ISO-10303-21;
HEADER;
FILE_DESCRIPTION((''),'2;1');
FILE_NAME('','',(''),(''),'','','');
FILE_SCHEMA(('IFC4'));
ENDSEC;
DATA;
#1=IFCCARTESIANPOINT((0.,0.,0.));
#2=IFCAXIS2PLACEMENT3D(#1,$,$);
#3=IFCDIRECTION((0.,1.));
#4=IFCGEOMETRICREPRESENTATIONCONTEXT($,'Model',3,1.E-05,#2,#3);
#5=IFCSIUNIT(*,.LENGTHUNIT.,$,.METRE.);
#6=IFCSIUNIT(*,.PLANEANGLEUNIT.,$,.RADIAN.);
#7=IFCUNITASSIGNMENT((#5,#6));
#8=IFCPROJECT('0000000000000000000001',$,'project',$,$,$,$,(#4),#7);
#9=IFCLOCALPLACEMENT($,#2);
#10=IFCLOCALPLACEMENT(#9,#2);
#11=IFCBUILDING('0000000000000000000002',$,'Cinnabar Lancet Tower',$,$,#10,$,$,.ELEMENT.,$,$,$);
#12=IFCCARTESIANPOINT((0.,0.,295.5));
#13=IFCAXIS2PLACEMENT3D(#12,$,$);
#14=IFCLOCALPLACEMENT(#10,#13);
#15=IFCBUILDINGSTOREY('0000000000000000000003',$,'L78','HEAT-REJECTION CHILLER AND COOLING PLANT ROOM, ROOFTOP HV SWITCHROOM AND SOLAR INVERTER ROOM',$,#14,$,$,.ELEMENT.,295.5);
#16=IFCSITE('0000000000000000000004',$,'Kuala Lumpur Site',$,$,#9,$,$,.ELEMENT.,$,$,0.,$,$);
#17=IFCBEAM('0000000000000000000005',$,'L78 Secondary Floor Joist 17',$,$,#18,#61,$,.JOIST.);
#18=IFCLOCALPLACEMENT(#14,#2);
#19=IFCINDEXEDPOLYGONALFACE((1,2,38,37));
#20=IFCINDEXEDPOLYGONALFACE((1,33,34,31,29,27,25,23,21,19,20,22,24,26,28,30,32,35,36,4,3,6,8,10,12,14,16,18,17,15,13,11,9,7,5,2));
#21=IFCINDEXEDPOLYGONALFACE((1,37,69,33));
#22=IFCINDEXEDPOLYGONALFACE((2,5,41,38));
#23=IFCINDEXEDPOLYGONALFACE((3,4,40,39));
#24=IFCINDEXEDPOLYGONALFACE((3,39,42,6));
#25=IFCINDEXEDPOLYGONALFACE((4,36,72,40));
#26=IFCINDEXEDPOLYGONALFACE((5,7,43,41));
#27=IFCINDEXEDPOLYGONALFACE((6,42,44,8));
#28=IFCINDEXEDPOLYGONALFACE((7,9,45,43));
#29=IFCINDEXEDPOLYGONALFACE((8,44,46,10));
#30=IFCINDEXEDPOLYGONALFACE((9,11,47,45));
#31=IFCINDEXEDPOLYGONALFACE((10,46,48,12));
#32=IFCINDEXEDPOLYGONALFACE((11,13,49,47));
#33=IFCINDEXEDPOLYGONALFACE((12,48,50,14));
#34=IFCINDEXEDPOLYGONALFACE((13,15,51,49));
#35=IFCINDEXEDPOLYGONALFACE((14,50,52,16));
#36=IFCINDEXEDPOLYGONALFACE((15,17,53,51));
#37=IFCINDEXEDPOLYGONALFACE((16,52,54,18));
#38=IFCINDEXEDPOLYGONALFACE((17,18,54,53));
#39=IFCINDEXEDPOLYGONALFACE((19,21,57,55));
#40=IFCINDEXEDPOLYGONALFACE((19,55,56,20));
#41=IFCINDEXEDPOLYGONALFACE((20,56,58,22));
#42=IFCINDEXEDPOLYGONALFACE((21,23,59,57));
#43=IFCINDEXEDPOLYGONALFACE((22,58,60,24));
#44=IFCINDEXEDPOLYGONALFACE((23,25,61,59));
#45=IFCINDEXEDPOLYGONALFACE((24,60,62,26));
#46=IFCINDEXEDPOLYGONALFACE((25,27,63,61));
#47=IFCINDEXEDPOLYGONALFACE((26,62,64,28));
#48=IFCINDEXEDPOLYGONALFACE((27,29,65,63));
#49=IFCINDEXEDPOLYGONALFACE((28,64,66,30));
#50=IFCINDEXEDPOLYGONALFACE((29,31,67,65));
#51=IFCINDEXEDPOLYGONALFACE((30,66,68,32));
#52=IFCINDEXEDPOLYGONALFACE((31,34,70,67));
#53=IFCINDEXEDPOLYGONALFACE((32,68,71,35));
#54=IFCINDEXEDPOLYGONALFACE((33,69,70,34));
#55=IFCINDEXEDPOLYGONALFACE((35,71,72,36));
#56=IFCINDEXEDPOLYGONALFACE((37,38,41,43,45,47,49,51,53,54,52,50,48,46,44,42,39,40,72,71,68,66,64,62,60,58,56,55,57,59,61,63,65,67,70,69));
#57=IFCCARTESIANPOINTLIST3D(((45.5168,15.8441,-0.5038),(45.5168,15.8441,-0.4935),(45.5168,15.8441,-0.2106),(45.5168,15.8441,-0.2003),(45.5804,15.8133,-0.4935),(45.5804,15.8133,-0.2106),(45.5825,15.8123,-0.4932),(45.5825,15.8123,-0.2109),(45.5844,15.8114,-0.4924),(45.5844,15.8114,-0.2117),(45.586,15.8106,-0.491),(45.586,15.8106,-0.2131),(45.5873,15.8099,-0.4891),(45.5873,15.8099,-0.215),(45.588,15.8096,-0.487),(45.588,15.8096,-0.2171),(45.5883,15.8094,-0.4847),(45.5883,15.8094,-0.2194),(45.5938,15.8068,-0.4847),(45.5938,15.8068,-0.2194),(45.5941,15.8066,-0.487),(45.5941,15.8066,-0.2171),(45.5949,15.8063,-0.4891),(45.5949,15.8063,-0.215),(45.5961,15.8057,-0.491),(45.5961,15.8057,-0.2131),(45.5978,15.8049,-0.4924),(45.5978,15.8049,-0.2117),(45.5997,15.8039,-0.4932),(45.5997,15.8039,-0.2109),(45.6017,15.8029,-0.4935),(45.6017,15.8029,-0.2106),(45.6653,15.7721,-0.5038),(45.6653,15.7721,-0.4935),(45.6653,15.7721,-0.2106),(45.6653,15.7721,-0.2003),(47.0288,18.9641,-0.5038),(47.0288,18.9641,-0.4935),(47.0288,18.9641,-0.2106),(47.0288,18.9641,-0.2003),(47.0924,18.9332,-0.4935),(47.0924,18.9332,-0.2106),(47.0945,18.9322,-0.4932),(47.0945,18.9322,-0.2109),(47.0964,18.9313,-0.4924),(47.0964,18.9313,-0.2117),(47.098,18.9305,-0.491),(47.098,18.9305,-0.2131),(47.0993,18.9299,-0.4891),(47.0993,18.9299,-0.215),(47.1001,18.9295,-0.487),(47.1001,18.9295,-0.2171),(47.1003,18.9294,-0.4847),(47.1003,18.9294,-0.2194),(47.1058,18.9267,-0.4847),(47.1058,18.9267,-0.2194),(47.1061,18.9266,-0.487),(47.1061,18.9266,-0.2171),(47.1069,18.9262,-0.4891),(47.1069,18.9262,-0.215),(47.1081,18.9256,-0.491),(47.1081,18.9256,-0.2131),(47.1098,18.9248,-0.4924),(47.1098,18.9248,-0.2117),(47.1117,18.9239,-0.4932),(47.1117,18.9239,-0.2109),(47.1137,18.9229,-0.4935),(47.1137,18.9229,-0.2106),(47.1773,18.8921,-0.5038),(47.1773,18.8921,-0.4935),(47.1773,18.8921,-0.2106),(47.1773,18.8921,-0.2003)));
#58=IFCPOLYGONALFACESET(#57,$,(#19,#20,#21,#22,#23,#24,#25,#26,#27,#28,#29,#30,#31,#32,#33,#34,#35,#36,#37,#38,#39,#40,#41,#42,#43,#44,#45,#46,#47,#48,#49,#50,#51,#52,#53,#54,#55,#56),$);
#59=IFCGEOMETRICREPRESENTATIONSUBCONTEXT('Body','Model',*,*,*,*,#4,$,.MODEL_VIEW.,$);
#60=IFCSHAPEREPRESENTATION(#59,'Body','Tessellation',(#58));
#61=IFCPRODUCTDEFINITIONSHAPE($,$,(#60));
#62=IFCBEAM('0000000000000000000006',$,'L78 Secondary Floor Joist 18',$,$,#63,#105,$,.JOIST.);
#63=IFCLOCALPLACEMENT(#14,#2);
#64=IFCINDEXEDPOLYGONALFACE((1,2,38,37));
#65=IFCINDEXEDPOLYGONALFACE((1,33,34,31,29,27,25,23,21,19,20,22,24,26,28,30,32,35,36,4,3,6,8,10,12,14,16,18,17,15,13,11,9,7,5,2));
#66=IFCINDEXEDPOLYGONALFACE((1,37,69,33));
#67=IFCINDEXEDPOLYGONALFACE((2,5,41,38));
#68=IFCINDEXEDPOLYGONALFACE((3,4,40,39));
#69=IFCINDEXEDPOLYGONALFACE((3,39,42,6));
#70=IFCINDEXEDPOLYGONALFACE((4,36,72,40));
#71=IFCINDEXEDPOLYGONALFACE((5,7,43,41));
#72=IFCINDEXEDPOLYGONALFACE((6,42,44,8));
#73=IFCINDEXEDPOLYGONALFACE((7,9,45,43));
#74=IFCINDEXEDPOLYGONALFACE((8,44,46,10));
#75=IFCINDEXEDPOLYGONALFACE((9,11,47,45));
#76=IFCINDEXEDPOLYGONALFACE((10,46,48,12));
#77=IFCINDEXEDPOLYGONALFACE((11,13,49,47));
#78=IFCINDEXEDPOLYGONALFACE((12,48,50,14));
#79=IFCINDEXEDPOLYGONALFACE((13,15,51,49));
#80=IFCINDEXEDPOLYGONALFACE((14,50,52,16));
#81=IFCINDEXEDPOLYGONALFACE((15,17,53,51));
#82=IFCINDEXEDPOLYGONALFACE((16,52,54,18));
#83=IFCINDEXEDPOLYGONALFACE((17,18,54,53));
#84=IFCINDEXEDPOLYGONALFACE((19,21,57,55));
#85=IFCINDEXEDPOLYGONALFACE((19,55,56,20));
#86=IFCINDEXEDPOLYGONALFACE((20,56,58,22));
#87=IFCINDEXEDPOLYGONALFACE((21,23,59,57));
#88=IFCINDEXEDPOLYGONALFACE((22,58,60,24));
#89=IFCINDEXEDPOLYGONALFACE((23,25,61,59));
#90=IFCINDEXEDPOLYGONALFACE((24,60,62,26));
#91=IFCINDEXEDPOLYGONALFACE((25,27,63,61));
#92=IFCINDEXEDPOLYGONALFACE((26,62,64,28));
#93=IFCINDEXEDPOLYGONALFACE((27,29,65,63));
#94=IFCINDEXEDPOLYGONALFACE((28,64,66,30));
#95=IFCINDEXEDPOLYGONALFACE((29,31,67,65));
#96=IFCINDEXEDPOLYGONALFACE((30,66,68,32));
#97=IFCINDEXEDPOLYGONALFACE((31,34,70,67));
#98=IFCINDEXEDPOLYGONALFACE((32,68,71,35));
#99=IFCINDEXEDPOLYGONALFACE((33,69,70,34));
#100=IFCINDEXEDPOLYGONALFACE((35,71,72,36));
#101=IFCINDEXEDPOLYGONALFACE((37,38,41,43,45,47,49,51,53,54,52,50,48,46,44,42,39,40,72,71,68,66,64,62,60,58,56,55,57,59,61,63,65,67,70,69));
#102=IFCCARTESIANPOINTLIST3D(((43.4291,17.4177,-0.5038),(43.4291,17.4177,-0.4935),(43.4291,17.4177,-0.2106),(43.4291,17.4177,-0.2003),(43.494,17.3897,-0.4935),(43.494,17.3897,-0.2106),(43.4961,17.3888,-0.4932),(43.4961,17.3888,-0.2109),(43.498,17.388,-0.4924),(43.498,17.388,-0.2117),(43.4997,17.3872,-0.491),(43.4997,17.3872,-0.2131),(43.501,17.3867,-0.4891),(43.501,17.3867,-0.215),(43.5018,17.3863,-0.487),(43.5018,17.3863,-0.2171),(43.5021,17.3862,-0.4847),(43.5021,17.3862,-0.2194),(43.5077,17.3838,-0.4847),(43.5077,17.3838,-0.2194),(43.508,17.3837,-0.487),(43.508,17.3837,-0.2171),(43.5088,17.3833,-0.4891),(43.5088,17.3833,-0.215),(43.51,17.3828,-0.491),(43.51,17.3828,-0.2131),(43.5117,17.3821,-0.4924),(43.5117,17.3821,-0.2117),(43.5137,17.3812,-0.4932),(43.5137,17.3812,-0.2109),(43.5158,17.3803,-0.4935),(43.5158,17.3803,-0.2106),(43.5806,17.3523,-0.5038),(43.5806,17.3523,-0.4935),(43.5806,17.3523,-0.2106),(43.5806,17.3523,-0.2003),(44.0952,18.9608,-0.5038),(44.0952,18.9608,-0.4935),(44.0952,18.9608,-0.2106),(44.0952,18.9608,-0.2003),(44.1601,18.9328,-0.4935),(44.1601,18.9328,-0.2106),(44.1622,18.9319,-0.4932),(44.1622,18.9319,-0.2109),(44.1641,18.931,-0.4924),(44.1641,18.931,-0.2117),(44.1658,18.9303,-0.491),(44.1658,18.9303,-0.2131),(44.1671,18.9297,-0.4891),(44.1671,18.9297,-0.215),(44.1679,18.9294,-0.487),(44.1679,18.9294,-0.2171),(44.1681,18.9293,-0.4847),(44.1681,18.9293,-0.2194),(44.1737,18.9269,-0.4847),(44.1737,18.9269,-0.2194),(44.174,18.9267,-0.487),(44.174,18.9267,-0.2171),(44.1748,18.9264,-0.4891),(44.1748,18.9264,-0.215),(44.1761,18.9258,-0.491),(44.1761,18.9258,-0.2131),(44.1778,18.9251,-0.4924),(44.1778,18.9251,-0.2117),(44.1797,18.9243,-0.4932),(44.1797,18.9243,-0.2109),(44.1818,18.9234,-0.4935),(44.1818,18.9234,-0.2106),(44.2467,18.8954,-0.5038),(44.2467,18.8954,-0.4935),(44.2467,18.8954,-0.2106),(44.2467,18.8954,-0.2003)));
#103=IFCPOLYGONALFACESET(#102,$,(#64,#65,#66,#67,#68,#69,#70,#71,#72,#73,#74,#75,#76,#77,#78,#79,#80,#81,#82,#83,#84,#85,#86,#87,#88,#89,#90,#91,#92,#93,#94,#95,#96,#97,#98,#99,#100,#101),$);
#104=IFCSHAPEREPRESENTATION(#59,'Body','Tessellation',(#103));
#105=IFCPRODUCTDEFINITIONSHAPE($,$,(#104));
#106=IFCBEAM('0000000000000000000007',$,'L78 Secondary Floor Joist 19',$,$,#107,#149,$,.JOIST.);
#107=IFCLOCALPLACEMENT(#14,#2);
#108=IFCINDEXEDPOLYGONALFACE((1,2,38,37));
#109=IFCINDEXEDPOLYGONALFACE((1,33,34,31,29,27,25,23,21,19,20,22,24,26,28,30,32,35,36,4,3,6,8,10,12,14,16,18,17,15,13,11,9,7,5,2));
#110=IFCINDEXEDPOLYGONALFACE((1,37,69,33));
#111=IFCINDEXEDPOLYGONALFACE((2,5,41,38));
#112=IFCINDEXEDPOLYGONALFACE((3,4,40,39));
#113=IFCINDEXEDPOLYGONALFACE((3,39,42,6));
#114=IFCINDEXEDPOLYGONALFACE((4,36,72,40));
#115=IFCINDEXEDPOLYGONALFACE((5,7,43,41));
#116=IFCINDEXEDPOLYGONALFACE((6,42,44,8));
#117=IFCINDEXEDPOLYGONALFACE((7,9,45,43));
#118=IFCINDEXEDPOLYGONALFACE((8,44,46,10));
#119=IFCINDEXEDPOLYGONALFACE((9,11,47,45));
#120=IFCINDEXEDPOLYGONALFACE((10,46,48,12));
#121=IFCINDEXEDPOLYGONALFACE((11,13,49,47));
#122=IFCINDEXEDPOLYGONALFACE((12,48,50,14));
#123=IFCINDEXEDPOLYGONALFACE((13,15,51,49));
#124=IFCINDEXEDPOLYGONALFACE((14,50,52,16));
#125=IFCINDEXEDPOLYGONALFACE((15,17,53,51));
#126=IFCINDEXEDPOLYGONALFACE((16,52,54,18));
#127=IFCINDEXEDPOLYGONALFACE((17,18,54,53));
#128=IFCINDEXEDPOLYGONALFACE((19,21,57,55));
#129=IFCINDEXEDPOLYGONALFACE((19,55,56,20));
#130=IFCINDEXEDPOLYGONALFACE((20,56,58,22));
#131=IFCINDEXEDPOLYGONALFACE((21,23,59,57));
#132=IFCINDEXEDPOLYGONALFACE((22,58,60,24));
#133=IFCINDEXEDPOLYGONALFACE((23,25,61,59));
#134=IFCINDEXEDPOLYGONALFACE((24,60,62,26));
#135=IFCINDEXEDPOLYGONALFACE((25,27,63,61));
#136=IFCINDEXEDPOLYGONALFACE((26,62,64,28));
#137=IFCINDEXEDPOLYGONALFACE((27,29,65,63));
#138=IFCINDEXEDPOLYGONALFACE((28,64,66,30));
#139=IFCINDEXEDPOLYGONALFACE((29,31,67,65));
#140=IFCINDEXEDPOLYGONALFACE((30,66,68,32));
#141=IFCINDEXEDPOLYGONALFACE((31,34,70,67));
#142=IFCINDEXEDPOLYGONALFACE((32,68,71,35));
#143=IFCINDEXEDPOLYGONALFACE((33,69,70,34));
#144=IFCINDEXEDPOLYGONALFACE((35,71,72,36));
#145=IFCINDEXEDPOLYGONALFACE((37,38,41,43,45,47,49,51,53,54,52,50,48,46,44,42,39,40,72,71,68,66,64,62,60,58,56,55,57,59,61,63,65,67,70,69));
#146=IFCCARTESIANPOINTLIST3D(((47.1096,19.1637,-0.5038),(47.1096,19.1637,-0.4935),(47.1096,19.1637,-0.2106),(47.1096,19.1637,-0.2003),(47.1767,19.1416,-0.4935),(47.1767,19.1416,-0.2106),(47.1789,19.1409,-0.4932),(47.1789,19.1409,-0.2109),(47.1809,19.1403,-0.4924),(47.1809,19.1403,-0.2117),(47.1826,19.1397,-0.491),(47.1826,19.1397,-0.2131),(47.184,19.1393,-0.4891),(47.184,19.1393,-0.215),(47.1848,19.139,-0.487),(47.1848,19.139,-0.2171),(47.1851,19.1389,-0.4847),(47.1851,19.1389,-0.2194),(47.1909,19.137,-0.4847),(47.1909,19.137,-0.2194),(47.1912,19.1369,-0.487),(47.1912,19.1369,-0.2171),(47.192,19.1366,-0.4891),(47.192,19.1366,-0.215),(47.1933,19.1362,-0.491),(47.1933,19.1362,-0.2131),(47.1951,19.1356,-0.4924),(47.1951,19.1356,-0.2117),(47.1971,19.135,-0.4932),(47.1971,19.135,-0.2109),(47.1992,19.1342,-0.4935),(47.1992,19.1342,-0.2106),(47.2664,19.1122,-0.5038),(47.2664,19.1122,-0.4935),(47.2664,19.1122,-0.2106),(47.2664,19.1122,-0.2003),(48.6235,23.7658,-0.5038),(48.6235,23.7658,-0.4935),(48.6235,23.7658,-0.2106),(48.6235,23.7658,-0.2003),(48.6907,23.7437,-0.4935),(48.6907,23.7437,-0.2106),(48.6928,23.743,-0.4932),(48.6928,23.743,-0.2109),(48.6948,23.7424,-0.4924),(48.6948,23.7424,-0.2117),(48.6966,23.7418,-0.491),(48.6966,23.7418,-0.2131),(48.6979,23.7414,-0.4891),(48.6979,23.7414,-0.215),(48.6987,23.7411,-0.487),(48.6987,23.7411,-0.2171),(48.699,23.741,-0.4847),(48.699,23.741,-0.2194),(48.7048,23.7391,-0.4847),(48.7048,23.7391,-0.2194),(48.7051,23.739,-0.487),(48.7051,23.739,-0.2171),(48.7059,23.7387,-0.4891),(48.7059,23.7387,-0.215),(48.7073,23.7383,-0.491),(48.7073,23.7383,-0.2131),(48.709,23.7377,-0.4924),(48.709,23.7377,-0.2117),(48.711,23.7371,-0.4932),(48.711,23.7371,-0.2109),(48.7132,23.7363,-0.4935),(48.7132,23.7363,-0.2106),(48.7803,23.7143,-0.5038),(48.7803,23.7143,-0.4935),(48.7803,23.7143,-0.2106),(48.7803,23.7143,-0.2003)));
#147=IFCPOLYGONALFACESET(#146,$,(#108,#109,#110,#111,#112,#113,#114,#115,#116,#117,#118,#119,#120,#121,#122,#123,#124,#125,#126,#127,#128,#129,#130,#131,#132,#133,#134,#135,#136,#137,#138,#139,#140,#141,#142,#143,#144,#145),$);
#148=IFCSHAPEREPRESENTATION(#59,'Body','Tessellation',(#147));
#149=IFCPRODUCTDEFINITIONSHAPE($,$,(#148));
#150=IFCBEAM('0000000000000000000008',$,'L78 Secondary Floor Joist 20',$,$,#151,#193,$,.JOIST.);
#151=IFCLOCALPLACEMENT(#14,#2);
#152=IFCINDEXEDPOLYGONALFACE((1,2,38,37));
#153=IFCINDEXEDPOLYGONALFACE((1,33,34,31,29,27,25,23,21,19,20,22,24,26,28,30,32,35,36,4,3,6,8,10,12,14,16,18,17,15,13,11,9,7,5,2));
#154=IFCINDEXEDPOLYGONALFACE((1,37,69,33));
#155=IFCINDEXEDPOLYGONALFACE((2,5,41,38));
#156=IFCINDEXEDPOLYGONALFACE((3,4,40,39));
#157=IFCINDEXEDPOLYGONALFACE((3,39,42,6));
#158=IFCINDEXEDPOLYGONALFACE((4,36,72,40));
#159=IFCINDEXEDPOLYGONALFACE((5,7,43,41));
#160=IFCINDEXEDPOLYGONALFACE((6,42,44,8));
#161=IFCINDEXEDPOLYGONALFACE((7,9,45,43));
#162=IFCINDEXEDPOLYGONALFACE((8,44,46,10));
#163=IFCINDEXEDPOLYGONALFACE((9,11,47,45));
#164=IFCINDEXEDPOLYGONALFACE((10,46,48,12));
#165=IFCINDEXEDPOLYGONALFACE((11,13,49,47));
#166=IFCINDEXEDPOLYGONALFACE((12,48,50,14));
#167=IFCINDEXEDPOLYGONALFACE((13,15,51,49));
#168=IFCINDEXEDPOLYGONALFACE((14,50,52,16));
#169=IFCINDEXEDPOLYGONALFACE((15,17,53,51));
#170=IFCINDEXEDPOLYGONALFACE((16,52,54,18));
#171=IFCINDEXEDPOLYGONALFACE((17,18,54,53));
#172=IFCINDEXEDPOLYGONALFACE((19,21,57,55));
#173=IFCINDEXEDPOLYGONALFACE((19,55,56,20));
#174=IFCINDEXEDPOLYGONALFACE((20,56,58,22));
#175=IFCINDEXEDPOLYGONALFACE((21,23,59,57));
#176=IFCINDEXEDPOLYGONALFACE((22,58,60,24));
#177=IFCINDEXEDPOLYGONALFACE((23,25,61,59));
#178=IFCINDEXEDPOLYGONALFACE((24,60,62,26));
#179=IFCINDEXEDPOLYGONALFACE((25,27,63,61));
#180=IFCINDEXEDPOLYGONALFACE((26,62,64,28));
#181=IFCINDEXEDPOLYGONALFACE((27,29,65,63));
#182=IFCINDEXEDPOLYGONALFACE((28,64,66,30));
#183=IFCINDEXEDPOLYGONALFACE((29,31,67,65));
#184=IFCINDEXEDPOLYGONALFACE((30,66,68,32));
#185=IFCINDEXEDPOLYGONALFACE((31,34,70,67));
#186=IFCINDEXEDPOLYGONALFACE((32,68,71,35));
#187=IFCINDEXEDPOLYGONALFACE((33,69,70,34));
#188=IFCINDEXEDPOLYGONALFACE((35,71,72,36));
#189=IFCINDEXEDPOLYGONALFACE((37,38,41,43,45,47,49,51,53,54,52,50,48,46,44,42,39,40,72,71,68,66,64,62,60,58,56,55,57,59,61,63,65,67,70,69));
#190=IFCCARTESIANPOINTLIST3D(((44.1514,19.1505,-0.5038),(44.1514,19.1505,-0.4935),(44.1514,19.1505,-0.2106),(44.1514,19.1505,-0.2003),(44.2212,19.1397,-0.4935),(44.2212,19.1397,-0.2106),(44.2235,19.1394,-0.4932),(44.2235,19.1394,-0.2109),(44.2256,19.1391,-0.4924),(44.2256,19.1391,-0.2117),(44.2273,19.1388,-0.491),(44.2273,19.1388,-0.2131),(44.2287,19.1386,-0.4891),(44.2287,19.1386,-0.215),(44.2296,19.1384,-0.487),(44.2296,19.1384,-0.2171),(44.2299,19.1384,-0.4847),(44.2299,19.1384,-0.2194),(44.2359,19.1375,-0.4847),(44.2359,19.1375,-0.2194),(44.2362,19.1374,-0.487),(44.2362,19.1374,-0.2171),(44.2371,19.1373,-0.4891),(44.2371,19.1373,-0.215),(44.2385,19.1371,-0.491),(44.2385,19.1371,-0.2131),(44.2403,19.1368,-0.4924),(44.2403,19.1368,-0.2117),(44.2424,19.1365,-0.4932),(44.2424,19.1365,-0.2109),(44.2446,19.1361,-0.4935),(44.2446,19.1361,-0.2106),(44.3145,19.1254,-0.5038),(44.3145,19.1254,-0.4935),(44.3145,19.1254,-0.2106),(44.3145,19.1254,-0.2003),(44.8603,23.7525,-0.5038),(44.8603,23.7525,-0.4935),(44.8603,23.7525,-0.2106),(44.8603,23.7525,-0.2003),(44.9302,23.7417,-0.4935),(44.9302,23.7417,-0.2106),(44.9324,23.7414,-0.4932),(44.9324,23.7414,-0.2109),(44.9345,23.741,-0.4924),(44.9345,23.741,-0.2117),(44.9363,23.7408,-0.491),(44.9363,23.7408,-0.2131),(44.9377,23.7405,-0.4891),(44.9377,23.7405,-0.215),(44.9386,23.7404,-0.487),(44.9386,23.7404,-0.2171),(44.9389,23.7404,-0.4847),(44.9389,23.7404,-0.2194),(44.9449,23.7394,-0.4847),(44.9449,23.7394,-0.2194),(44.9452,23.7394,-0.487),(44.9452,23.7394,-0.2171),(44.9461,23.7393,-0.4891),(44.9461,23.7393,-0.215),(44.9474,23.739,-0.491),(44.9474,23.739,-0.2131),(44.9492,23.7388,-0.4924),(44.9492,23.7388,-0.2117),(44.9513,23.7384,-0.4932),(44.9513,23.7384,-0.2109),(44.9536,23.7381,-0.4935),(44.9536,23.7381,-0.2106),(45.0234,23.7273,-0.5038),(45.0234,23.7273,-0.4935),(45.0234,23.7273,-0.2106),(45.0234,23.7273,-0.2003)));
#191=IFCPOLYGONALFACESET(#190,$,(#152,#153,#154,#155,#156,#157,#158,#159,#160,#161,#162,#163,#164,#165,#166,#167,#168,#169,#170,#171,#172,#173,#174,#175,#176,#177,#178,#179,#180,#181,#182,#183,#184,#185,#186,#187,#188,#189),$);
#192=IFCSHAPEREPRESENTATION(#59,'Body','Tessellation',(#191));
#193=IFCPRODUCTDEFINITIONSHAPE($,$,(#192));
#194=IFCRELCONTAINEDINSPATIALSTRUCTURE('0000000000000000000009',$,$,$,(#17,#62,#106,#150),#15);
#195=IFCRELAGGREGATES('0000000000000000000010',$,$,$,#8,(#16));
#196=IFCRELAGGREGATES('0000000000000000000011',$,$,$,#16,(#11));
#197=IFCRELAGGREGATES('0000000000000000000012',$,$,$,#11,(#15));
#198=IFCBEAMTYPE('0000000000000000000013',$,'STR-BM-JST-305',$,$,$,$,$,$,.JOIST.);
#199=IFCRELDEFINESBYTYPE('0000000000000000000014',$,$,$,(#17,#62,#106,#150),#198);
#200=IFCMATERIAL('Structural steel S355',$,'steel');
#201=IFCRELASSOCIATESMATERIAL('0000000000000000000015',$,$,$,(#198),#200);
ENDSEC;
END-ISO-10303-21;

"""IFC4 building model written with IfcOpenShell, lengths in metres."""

from ifc_helpers import new_model, si_unit, direction, frame, origin, origin_2d, place, context, subcontext, project, spatial, i_section, extrude, material, material_profile, profile_set, type_object, element, save


model = new_model("IFC4")

# Units and contexts
model_context = context("Model", 3, precision=1e-05, world=origin(), true_north=direction((0.0, 1.0)))
body_context = subcontext(model_context, "Body", "Model", "MODEL_VIEW")
ifc_project = project(units=[si_unit("LENGTHUNIT", "METRE"), si_unit("PLANEANGLEUNIT", "RADIAN")], contexts=[model_context])

# Site, building, storey
site_placement = place(None, origin())
site = spatial("IfcSite", under=ifc_project, at=site_placement, Name="Kuala Lumpur Site", CompositionType="ELEMENT", RefElevation=0.0)
building_placement = place(site_placement, origin())
building = spatial("IfcBuilding", under=site, at=building_placement, Name="Cinnabar Lancet Tower", CompositionType="ELEMENT")
storey_placement = place(building_placement, frame((0.0, 0.0, 295.5)))
storey = spatial("IfcBuildingStorey", under=building, at=storey_placement, Name="L78", Description="HEAT-REJECTION CHILLER AND COOLING PLANT ROOM, ROOFTOP HV SWITCHROOM AND SOLAR INVERTER ROOM", CompositionType="ELEMENT", Elevation=295.5)

# Beams
ifc_material_1 = material(Name="Structural steel S355", Category="steel")
ifc_material_profile_1 = material_profile(ifc_material_1, i_section(OverallWidth=0.165, OverallDepth=0.3035, WebThickness=0.0061, FlangeThickness=0.0103, FilletRadius=0.0088, at=origin_2d()), Name="UKB 305x165x40")
ifc_profile_set_1 = profile_set([ifc_material_profile_1], Name="Structural steel S355")
beam_type_1 = type_object("IfcBeamType", Name="STR-BM-JST-305", PredefinedType="JOIST", material=ifc_profile_set_1)
beam_1_placement = place(storey_placement, frame((45.5911, 15.8081, -0.3521), z_axis=(0.436109, 0.899894, 0.0), x_axis=(-0.899894, 0.436109, 0.0)))
element("IfcBeam", 1, at=beam_1_placement, inside=storey, type_object=beam_type_1, Name="L78 Secondary Floor Joist 17", PredefinedType="JOIST", context=body_context, shape_type="SweptSolid", body=[
    extrude(i_section(OverallWidth=0.165, OverallDepth=0.3035, WebThickness=0.0061, FlangeThickness=0.0103, FilletRadius=0.0088, at=origin_2d()), origin(), (0.0, 0.0, 1.0), 3.467),
])
beam_2_placement = place(storey_placement, frame((43.5049, 17.385, -0.3521), z_axis=(0.396302, 0.91812, 0.0), x_axis=(-0.91812, 0.396302, 0.0)))
element("IfcBeam", 2, at=beam_2_placement, inside=storey, type_object=beam_type_1, Name="L78 Secondary Floor Joist 18", PredefinedType="JOIST", context=body_context, shape_type="SweptSolid", body=[
    extrude(i_section(OverallWidth=0.165, OverallDepth=0.3035, WebThickness=0.0061, FlangeThickness=0.0103, FilletRadius=0.0088, at=origin_2d()), origin(), (0.0, 0.0, 1.0), 1.6807),
])
beam_3_placement = place(storey_placement, frame((47.188, 19.1379, -0.3521), z_axis=(0.312491, 0.949921, 0.0), x_axis=(-0.949921, 0.312491, 0.0)))
element("IfcBeam", 3, at=beam_3_placement, inside=storey, type_object=beam_type_1, Name="L78 Secondary Floor Joist 19", PredefinedType="JOIST", context=body_context, shape_type="SweptSolid", body=[
    extrude(i_section(OverallWidth=0.165, OverallDepth=0.3035, WebThickness=0.0061, FlangeThickness=0.0103, FilletRadius=0.0088, at=origin_2d()), origin(), (0.0, 0.0, 1.0), 4.8447),
])
beam_4_placement = place(storey_placement, frame((44.2329, 19.1379, -0.3521), z_axis=(0.152262, 0.98834, 0.0), x_axis=(-0.98834, 0.152262, 0.0)))
element("IfcBeam", 4, at=beam_4_placement, inside=storey, type_object=beam_type_1, Name="L78 Secondary Floor Joist 20", PredefinedType="JOIST", context=body_context, shape_type="SweptSolid", body=[
    extrude(i_section(OverallWidth=0.165, OverallDepth=0.3035, WebThickness=0.0061, FlangeThickness=0.0103, FilletRadius=0.0088, at=origin_2d()), origin(), (0.0, 0.0, 1.0), 4.6562),
])

save(model, "model.ifc")
